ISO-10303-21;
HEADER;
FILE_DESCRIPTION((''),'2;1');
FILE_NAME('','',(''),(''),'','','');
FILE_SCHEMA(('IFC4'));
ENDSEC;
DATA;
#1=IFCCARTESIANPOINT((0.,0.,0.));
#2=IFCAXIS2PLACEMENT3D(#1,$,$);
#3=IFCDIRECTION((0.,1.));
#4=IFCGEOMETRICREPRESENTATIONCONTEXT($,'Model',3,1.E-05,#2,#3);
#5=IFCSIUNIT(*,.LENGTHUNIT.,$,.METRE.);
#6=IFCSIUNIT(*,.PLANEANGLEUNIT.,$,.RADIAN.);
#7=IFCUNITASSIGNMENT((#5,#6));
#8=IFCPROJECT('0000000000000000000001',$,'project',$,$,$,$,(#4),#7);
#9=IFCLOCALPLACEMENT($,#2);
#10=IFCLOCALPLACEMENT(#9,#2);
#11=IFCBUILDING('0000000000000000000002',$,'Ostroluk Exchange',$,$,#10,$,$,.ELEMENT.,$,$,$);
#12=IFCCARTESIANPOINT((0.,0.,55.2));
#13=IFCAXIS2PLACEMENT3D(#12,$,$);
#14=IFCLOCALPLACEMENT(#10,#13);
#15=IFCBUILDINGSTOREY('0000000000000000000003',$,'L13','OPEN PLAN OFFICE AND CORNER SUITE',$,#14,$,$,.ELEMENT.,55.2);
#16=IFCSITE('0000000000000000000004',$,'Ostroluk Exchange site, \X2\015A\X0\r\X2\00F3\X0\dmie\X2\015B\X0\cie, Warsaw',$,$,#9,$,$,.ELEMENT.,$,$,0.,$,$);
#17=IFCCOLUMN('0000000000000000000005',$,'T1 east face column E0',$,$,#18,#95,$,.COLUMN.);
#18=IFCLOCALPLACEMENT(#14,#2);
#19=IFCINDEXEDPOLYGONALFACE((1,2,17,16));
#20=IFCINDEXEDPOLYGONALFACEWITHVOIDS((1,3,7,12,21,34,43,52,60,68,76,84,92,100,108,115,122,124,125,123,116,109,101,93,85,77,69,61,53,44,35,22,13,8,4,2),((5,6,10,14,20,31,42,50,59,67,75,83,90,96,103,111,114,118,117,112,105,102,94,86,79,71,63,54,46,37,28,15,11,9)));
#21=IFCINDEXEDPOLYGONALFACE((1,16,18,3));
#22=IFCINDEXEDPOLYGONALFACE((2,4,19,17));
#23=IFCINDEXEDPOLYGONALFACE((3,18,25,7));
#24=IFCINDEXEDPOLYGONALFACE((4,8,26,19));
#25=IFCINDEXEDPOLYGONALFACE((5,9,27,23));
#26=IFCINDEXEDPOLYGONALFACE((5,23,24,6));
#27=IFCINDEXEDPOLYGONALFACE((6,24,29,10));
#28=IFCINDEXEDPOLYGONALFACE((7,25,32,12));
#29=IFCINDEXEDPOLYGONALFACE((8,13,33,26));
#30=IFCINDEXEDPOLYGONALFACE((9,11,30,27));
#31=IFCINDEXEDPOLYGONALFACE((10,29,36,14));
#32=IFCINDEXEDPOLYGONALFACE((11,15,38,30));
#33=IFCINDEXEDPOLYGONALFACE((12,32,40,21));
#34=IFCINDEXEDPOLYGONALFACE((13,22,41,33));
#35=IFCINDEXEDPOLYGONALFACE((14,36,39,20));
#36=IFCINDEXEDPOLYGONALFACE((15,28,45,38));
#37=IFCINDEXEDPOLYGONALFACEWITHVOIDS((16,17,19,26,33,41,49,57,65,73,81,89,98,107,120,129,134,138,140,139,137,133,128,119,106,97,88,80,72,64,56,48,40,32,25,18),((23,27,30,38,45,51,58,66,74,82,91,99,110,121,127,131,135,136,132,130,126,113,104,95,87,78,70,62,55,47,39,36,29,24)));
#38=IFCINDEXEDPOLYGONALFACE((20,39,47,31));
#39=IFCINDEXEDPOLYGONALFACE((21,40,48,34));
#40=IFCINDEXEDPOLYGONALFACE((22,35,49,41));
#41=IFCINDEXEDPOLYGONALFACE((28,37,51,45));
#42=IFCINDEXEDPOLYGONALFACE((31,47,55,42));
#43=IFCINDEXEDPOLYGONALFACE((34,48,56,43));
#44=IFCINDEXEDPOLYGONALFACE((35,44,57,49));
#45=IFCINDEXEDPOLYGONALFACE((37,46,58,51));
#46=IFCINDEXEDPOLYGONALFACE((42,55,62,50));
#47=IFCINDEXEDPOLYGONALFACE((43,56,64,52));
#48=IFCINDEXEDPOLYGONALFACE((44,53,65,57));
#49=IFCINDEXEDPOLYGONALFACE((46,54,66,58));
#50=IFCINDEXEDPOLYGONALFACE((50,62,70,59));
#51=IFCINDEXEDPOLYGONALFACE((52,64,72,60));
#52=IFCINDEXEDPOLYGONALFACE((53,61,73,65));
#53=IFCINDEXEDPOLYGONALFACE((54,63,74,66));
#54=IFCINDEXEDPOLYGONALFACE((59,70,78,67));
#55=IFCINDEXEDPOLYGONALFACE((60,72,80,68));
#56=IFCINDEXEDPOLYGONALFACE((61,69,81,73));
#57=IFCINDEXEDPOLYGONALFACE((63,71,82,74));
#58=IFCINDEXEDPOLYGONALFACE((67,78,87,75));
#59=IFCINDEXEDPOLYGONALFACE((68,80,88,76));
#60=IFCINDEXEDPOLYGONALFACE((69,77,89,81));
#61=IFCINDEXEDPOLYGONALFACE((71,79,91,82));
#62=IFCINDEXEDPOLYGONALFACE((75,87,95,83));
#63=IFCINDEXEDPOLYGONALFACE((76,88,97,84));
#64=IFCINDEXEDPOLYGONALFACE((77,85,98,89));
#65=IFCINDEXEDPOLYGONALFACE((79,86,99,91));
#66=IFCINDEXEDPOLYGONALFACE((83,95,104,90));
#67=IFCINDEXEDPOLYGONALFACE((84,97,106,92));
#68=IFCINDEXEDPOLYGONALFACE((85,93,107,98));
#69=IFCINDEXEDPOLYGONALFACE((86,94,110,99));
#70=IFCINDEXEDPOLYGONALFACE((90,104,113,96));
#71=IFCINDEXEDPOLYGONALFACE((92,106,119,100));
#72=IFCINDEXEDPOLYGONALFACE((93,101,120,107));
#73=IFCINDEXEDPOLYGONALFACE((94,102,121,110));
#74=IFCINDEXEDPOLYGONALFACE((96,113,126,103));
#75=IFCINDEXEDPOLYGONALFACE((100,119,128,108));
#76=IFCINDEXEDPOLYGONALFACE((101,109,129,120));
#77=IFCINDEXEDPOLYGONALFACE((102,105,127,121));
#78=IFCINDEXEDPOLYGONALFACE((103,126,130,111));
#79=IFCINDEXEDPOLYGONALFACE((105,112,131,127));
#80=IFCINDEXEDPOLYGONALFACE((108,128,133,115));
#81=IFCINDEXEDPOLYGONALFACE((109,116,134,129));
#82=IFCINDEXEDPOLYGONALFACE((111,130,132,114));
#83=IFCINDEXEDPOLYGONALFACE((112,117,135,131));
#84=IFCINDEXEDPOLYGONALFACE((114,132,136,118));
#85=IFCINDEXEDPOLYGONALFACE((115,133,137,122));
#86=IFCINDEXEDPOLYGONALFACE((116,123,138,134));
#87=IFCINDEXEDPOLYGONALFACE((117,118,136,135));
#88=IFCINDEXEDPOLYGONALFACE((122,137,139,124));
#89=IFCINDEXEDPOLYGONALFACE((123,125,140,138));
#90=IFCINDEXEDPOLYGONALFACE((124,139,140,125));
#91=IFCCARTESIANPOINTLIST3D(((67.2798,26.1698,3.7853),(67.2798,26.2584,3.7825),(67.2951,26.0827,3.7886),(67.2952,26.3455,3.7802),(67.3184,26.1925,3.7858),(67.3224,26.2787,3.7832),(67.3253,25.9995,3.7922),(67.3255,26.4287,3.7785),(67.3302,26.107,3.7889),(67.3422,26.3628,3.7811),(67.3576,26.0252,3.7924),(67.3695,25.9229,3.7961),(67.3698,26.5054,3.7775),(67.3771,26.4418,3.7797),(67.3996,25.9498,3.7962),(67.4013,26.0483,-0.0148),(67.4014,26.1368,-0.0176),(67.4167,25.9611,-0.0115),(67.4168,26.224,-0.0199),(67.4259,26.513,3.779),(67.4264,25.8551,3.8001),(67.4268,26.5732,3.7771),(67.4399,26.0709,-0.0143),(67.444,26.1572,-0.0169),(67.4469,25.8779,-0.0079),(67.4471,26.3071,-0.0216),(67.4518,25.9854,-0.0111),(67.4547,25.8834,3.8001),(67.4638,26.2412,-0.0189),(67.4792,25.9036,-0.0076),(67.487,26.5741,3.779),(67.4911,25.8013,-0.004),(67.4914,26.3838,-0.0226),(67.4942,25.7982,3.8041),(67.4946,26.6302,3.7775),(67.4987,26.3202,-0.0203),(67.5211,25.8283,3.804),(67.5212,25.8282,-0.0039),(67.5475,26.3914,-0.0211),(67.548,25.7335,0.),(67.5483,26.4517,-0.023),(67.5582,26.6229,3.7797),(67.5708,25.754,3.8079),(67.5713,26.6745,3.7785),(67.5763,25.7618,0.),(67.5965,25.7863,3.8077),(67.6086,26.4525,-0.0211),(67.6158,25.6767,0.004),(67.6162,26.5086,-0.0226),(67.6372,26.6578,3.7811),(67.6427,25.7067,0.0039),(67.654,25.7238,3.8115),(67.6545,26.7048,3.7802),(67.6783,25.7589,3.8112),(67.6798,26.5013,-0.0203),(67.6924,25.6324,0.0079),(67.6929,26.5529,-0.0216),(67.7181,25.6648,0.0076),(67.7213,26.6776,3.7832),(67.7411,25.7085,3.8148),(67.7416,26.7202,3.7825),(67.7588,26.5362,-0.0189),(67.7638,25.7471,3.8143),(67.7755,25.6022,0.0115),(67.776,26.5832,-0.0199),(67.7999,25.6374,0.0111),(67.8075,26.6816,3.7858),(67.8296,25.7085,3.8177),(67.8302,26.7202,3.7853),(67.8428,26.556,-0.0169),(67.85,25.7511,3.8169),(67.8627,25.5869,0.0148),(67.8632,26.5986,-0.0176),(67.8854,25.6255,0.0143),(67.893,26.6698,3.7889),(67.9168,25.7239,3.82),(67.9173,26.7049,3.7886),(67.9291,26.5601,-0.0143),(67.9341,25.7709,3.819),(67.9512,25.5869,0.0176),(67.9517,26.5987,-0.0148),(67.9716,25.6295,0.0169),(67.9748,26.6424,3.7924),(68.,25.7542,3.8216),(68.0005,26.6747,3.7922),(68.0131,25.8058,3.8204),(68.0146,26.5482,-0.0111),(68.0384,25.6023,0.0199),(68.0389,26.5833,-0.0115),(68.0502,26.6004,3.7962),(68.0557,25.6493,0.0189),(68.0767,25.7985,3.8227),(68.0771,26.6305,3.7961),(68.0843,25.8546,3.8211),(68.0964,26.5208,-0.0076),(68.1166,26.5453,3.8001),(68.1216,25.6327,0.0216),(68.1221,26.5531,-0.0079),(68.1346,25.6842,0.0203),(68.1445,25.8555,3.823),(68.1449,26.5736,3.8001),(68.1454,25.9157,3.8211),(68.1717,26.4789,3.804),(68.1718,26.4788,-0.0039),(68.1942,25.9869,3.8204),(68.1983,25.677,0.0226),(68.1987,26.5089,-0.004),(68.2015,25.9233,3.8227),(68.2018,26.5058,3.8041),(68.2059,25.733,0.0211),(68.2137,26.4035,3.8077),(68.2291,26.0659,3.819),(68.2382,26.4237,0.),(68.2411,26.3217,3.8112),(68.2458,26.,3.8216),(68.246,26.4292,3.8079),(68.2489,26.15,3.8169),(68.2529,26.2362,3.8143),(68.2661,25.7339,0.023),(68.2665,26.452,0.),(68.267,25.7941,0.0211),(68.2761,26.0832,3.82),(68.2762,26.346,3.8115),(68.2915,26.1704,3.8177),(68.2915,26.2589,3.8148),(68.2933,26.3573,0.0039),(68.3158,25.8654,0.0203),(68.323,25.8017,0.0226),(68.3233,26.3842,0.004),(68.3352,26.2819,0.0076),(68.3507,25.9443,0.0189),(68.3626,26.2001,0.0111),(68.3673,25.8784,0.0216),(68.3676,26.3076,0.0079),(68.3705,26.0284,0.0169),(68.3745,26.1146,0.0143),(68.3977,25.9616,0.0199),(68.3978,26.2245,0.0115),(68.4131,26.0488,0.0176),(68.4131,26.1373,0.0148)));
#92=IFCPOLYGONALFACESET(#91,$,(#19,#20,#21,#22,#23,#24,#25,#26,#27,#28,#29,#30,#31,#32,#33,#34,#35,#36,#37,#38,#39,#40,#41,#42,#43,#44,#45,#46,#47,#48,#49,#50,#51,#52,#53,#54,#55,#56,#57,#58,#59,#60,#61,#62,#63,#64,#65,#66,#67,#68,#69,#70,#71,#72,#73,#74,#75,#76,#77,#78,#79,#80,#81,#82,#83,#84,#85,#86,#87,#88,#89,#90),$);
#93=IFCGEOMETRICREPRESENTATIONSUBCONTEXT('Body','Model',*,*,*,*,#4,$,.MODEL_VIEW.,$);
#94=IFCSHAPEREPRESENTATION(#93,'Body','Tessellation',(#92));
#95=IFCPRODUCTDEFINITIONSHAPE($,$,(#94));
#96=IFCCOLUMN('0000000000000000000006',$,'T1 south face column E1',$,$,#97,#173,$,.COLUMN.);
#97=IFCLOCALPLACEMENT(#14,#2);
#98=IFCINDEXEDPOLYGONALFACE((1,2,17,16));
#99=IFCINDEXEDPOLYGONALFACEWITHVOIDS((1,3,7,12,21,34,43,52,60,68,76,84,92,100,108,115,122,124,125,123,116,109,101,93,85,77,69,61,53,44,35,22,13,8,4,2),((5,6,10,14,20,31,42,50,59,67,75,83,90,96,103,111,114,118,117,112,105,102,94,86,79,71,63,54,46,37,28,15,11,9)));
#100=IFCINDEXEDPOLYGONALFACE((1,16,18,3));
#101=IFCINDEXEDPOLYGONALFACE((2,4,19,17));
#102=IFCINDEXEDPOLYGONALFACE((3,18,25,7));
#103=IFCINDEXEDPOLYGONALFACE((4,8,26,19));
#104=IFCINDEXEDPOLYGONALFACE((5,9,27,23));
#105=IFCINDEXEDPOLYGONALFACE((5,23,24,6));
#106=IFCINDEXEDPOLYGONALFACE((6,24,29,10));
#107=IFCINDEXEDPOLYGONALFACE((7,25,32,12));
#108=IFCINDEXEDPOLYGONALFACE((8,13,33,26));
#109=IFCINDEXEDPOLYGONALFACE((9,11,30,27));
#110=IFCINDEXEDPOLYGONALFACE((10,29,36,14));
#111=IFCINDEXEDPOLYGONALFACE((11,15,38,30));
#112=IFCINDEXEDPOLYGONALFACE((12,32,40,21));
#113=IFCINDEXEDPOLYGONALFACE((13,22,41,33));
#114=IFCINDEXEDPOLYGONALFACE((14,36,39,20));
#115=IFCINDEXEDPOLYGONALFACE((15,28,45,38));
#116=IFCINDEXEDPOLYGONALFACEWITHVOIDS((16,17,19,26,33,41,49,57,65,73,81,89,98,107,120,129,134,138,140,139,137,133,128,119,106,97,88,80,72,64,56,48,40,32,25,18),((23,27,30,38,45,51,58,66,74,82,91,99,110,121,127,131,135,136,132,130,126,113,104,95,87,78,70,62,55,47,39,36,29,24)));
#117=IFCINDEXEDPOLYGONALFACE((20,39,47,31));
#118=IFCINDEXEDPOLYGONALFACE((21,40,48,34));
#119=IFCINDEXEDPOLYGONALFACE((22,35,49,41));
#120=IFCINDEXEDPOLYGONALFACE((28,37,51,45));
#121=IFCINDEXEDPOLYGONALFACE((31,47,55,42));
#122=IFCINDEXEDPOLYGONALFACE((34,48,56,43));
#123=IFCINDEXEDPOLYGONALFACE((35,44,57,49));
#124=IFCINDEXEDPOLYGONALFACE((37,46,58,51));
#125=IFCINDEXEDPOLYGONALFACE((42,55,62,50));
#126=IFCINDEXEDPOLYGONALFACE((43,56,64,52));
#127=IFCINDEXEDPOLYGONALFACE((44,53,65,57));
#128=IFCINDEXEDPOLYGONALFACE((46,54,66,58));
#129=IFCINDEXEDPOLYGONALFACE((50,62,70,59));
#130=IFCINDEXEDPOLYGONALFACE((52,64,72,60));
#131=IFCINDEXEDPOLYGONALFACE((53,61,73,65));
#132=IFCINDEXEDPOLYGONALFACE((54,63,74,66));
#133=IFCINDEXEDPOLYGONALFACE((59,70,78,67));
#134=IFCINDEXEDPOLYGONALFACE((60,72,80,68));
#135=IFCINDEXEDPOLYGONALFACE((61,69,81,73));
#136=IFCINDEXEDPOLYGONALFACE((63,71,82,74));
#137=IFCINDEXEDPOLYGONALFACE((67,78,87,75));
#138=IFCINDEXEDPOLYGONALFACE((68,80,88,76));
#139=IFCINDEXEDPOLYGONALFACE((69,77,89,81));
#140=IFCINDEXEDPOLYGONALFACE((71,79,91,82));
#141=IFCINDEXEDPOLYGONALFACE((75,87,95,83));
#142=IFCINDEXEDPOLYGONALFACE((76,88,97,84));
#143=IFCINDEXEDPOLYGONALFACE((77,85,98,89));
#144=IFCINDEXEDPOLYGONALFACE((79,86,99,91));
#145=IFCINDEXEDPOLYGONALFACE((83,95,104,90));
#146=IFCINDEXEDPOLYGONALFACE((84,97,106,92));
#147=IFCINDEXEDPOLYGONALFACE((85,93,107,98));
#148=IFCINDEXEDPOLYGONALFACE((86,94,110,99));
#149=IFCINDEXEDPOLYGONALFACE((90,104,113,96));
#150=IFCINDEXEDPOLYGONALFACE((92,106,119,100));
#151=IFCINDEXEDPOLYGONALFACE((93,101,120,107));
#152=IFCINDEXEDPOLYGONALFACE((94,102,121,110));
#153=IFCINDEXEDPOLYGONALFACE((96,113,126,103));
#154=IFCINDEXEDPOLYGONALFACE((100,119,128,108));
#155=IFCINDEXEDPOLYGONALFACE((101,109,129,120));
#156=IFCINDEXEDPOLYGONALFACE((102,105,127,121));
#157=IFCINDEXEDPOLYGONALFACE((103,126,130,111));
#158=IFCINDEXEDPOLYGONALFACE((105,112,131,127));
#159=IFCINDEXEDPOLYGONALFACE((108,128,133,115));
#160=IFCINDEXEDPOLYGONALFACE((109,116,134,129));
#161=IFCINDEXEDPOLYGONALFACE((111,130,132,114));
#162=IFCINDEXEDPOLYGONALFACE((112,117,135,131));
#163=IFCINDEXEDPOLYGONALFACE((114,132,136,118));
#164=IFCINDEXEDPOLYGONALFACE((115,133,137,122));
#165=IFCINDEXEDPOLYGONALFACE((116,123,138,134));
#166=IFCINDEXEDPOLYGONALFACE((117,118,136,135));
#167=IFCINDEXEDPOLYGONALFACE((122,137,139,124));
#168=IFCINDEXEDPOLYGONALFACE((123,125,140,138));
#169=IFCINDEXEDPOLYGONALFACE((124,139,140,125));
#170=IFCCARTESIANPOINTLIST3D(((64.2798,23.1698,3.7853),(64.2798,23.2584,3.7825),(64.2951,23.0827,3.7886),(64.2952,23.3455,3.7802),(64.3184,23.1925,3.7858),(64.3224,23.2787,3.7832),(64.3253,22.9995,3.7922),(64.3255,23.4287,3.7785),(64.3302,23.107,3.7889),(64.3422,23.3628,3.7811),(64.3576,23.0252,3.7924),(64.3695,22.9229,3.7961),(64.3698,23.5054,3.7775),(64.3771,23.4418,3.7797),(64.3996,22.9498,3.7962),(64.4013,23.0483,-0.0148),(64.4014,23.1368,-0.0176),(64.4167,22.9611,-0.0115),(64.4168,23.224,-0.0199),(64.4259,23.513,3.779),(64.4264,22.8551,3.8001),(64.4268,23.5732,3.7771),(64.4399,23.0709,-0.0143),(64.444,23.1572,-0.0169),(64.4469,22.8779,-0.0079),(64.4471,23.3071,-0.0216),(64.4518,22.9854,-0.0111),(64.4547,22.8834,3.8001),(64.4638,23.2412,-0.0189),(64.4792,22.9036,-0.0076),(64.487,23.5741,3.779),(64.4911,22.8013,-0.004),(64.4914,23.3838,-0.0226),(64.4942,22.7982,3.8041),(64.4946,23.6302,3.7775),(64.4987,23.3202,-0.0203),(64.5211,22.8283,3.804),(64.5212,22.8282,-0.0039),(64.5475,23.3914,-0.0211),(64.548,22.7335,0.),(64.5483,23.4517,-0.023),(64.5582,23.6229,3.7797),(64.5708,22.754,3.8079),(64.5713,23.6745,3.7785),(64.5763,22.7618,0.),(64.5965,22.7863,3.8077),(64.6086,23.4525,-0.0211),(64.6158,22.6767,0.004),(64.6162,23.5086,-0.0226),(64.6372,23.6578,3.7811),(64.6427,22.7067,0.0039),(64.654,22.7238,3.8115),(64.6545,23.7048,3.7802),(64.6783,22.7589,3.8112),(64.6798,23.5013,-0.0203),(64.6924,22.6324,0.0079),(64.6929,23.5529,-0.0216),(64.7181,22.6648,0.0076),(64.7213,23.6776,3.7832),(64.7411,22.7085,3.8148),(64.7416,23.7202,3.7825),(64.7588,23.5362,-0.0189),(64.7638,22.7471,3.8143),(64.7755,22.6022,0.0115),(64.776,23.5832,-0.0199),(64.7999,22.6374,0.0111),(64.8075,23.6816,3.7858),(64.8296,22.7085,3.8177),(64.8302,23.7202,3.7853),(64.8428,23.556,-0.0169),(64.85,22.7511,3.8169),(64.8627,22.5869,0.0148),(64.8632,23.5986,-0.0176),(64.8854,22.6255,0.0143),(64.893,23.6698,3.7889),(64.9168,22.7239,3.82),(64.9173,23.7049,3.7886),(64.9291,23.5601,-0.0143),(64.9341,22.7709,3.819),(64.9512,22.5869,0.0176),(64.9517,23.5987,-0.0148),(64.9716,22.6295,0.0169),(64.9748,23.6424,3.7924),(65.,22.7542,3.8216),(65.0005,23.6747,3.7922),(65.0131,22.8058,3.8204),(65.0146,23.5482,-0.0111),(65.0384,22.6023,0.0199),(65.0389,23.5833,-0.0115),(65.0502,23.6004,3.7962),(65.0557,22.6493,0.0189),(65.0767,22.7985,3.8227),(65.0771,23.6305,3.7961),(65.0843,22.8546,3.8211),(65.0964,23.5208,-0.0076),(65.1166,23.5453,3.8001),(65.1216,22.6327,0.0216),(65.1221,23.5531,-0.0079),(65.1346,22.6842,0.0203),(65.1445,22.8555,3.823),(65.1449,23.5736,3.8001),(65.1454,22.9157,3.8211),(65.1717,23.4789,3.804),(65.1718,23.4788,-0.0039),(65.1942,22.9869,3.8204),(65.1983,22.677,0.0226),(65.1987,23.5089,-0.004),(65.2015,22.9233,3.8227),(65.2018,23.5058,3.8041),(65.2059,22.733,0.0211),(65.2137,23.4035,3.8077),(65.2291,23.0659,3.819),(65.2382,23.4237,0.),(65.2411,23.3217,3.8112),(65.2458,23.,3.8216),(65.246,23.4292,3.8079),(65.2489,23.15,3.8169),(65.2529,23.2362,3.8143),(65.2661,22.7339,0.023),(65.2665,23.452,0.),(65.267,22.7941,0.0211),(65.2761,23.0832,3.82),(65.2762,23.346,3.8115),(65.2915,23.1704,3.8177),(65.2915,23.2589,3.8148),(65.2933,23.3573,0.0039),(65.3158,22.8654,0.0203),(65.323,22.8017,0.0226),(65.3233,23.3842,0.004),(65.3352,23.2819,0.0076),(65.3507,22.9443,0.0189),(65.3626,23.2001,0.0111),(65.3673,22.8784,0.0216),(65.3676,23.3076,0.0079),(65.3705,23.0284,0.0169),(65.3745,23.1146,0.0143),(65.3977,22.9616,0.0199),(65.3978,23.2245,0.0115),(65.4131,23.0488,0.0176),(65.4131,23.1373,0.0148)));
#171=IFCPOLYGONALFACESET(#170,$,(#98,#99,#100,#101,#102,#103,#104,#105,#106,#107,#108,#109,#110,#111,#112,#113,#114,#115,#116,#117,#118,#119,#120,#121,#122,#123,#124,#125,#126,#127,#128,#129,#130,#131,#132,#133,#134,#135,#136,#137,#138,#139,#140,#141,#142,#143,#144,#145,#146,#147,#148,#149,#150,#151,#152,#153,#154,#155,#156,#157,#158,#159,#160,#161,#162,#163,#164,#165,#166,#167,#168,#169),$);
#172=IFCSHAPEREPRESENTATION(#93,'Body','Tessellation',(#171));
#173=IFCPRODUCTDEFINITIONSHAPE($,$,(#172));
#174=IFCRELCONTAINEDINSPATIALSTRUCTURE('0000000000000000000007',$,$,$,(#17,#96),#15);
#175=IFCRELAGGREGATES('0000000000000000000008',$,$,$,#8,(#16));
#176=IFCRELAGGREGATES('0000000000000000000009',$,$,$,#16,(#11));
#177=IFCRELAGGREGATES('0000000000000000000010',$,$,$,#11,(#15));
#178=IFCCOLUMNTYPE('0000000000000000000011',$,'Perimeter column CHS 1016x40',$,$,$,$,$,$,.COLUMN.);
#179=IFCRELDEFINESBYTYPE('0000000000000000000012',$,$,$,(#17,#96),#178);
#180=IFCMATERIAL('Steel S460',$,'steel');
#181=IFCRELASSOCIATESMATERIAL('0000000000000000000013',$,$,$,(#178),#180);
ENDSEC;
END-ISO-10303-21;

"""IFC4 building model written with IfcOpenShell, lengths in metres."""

from ifc_helpers import new_model, si_unit, direction, frame, origin, origin_2d, place, context, subcontext, project, spatial, hollow_circle, extrude, material, material_profile, profile_set, type_object, element, save


model = new_model("IFC4")

# Units and contexts
model_context = context("Model", 3, precision=1e-05, world=origin(), true_north=direction((0.0, 1.0)))
body_context = subcontext(model_context, "Body", "Model", "MODEL_VIEW")
ifc_project = project(units=[si_unit("LENGTHUNIT", "METRE"), si_unit("PLANEANGLEUNIT", "RADIAN")], contexts=[model_context])

# Site, building, storey
site_placement = place(None, origin())
site = spatial("IfcSite", under=ifc_project, at=site_placement, Name="Ostroluk Exchange site, Śródmieście, Warsaw", CompositionType="ELEMENT", RefElevation=0.0)
building_placement = place(site_placement, origin())
building = spatial("IfcBuilding", under=site, at=building_placement, Name="Ostroluk Exchange", CompositionType="ELEMENT")
storey_placement = place(building_placement, frame((0.0, 0.0, 55.2)))
storey = spatial("IfcBuildingStorey", under=building, at=storey_placement, Name="L13", Description="OPEN PLAN OFFICE AND CORNER SUITE", CompositionType="ELEMENT", Elevation=55.2)

# Columns
ifc_material_1 = material(Name="Steel S460", Category="steel")
ifc_material_profile_1 = material_profile(ifc_material_1, hollow_circle(Radius=0.5081, WallThickness=0.04, at=origin_2d()), Name="CHS 1016x40")
ifc_profile_set_1 = profile_set([ifc_material_profile_1], Name="Steel S460")
column_type = type_object("IfcColumnType", Name="Perimeter column CHS 1016x40", PredefinedType="COLUMN", material=ifc_profile_set_1)
for number, where, z_axis, x_axis, name in (
    (1, (67.9072, 26.0928, 0.0), (-0.031962, 0.031962, 0.998978), (-0.707107, -0.707107, 0.0), "T1 east face column E0"),
    (2, (64.9072, 23.0928, 0.0), (-0.031962, 0.031962, 0.998978), (-0.707107, -0.707107, 0.0), "T1 south face column E1"),
):
    element("IfcColumn", number, at=place(storey_placement, frame(where, z_axis=z_axis, x_axis=x_axis)), inside=storey, type_object=column_type, Name=name, PredefinedType="COLUMN", context=body_context, shape_type="SweptSolid", body=[
        extrude(hollow_circle(Radius=0.5081, WallThickness=0.04, at=origin_2d()), origin(), (0.0, 0.0, 1.0), 3.804),
    ])

save(model, "model.ifc")
